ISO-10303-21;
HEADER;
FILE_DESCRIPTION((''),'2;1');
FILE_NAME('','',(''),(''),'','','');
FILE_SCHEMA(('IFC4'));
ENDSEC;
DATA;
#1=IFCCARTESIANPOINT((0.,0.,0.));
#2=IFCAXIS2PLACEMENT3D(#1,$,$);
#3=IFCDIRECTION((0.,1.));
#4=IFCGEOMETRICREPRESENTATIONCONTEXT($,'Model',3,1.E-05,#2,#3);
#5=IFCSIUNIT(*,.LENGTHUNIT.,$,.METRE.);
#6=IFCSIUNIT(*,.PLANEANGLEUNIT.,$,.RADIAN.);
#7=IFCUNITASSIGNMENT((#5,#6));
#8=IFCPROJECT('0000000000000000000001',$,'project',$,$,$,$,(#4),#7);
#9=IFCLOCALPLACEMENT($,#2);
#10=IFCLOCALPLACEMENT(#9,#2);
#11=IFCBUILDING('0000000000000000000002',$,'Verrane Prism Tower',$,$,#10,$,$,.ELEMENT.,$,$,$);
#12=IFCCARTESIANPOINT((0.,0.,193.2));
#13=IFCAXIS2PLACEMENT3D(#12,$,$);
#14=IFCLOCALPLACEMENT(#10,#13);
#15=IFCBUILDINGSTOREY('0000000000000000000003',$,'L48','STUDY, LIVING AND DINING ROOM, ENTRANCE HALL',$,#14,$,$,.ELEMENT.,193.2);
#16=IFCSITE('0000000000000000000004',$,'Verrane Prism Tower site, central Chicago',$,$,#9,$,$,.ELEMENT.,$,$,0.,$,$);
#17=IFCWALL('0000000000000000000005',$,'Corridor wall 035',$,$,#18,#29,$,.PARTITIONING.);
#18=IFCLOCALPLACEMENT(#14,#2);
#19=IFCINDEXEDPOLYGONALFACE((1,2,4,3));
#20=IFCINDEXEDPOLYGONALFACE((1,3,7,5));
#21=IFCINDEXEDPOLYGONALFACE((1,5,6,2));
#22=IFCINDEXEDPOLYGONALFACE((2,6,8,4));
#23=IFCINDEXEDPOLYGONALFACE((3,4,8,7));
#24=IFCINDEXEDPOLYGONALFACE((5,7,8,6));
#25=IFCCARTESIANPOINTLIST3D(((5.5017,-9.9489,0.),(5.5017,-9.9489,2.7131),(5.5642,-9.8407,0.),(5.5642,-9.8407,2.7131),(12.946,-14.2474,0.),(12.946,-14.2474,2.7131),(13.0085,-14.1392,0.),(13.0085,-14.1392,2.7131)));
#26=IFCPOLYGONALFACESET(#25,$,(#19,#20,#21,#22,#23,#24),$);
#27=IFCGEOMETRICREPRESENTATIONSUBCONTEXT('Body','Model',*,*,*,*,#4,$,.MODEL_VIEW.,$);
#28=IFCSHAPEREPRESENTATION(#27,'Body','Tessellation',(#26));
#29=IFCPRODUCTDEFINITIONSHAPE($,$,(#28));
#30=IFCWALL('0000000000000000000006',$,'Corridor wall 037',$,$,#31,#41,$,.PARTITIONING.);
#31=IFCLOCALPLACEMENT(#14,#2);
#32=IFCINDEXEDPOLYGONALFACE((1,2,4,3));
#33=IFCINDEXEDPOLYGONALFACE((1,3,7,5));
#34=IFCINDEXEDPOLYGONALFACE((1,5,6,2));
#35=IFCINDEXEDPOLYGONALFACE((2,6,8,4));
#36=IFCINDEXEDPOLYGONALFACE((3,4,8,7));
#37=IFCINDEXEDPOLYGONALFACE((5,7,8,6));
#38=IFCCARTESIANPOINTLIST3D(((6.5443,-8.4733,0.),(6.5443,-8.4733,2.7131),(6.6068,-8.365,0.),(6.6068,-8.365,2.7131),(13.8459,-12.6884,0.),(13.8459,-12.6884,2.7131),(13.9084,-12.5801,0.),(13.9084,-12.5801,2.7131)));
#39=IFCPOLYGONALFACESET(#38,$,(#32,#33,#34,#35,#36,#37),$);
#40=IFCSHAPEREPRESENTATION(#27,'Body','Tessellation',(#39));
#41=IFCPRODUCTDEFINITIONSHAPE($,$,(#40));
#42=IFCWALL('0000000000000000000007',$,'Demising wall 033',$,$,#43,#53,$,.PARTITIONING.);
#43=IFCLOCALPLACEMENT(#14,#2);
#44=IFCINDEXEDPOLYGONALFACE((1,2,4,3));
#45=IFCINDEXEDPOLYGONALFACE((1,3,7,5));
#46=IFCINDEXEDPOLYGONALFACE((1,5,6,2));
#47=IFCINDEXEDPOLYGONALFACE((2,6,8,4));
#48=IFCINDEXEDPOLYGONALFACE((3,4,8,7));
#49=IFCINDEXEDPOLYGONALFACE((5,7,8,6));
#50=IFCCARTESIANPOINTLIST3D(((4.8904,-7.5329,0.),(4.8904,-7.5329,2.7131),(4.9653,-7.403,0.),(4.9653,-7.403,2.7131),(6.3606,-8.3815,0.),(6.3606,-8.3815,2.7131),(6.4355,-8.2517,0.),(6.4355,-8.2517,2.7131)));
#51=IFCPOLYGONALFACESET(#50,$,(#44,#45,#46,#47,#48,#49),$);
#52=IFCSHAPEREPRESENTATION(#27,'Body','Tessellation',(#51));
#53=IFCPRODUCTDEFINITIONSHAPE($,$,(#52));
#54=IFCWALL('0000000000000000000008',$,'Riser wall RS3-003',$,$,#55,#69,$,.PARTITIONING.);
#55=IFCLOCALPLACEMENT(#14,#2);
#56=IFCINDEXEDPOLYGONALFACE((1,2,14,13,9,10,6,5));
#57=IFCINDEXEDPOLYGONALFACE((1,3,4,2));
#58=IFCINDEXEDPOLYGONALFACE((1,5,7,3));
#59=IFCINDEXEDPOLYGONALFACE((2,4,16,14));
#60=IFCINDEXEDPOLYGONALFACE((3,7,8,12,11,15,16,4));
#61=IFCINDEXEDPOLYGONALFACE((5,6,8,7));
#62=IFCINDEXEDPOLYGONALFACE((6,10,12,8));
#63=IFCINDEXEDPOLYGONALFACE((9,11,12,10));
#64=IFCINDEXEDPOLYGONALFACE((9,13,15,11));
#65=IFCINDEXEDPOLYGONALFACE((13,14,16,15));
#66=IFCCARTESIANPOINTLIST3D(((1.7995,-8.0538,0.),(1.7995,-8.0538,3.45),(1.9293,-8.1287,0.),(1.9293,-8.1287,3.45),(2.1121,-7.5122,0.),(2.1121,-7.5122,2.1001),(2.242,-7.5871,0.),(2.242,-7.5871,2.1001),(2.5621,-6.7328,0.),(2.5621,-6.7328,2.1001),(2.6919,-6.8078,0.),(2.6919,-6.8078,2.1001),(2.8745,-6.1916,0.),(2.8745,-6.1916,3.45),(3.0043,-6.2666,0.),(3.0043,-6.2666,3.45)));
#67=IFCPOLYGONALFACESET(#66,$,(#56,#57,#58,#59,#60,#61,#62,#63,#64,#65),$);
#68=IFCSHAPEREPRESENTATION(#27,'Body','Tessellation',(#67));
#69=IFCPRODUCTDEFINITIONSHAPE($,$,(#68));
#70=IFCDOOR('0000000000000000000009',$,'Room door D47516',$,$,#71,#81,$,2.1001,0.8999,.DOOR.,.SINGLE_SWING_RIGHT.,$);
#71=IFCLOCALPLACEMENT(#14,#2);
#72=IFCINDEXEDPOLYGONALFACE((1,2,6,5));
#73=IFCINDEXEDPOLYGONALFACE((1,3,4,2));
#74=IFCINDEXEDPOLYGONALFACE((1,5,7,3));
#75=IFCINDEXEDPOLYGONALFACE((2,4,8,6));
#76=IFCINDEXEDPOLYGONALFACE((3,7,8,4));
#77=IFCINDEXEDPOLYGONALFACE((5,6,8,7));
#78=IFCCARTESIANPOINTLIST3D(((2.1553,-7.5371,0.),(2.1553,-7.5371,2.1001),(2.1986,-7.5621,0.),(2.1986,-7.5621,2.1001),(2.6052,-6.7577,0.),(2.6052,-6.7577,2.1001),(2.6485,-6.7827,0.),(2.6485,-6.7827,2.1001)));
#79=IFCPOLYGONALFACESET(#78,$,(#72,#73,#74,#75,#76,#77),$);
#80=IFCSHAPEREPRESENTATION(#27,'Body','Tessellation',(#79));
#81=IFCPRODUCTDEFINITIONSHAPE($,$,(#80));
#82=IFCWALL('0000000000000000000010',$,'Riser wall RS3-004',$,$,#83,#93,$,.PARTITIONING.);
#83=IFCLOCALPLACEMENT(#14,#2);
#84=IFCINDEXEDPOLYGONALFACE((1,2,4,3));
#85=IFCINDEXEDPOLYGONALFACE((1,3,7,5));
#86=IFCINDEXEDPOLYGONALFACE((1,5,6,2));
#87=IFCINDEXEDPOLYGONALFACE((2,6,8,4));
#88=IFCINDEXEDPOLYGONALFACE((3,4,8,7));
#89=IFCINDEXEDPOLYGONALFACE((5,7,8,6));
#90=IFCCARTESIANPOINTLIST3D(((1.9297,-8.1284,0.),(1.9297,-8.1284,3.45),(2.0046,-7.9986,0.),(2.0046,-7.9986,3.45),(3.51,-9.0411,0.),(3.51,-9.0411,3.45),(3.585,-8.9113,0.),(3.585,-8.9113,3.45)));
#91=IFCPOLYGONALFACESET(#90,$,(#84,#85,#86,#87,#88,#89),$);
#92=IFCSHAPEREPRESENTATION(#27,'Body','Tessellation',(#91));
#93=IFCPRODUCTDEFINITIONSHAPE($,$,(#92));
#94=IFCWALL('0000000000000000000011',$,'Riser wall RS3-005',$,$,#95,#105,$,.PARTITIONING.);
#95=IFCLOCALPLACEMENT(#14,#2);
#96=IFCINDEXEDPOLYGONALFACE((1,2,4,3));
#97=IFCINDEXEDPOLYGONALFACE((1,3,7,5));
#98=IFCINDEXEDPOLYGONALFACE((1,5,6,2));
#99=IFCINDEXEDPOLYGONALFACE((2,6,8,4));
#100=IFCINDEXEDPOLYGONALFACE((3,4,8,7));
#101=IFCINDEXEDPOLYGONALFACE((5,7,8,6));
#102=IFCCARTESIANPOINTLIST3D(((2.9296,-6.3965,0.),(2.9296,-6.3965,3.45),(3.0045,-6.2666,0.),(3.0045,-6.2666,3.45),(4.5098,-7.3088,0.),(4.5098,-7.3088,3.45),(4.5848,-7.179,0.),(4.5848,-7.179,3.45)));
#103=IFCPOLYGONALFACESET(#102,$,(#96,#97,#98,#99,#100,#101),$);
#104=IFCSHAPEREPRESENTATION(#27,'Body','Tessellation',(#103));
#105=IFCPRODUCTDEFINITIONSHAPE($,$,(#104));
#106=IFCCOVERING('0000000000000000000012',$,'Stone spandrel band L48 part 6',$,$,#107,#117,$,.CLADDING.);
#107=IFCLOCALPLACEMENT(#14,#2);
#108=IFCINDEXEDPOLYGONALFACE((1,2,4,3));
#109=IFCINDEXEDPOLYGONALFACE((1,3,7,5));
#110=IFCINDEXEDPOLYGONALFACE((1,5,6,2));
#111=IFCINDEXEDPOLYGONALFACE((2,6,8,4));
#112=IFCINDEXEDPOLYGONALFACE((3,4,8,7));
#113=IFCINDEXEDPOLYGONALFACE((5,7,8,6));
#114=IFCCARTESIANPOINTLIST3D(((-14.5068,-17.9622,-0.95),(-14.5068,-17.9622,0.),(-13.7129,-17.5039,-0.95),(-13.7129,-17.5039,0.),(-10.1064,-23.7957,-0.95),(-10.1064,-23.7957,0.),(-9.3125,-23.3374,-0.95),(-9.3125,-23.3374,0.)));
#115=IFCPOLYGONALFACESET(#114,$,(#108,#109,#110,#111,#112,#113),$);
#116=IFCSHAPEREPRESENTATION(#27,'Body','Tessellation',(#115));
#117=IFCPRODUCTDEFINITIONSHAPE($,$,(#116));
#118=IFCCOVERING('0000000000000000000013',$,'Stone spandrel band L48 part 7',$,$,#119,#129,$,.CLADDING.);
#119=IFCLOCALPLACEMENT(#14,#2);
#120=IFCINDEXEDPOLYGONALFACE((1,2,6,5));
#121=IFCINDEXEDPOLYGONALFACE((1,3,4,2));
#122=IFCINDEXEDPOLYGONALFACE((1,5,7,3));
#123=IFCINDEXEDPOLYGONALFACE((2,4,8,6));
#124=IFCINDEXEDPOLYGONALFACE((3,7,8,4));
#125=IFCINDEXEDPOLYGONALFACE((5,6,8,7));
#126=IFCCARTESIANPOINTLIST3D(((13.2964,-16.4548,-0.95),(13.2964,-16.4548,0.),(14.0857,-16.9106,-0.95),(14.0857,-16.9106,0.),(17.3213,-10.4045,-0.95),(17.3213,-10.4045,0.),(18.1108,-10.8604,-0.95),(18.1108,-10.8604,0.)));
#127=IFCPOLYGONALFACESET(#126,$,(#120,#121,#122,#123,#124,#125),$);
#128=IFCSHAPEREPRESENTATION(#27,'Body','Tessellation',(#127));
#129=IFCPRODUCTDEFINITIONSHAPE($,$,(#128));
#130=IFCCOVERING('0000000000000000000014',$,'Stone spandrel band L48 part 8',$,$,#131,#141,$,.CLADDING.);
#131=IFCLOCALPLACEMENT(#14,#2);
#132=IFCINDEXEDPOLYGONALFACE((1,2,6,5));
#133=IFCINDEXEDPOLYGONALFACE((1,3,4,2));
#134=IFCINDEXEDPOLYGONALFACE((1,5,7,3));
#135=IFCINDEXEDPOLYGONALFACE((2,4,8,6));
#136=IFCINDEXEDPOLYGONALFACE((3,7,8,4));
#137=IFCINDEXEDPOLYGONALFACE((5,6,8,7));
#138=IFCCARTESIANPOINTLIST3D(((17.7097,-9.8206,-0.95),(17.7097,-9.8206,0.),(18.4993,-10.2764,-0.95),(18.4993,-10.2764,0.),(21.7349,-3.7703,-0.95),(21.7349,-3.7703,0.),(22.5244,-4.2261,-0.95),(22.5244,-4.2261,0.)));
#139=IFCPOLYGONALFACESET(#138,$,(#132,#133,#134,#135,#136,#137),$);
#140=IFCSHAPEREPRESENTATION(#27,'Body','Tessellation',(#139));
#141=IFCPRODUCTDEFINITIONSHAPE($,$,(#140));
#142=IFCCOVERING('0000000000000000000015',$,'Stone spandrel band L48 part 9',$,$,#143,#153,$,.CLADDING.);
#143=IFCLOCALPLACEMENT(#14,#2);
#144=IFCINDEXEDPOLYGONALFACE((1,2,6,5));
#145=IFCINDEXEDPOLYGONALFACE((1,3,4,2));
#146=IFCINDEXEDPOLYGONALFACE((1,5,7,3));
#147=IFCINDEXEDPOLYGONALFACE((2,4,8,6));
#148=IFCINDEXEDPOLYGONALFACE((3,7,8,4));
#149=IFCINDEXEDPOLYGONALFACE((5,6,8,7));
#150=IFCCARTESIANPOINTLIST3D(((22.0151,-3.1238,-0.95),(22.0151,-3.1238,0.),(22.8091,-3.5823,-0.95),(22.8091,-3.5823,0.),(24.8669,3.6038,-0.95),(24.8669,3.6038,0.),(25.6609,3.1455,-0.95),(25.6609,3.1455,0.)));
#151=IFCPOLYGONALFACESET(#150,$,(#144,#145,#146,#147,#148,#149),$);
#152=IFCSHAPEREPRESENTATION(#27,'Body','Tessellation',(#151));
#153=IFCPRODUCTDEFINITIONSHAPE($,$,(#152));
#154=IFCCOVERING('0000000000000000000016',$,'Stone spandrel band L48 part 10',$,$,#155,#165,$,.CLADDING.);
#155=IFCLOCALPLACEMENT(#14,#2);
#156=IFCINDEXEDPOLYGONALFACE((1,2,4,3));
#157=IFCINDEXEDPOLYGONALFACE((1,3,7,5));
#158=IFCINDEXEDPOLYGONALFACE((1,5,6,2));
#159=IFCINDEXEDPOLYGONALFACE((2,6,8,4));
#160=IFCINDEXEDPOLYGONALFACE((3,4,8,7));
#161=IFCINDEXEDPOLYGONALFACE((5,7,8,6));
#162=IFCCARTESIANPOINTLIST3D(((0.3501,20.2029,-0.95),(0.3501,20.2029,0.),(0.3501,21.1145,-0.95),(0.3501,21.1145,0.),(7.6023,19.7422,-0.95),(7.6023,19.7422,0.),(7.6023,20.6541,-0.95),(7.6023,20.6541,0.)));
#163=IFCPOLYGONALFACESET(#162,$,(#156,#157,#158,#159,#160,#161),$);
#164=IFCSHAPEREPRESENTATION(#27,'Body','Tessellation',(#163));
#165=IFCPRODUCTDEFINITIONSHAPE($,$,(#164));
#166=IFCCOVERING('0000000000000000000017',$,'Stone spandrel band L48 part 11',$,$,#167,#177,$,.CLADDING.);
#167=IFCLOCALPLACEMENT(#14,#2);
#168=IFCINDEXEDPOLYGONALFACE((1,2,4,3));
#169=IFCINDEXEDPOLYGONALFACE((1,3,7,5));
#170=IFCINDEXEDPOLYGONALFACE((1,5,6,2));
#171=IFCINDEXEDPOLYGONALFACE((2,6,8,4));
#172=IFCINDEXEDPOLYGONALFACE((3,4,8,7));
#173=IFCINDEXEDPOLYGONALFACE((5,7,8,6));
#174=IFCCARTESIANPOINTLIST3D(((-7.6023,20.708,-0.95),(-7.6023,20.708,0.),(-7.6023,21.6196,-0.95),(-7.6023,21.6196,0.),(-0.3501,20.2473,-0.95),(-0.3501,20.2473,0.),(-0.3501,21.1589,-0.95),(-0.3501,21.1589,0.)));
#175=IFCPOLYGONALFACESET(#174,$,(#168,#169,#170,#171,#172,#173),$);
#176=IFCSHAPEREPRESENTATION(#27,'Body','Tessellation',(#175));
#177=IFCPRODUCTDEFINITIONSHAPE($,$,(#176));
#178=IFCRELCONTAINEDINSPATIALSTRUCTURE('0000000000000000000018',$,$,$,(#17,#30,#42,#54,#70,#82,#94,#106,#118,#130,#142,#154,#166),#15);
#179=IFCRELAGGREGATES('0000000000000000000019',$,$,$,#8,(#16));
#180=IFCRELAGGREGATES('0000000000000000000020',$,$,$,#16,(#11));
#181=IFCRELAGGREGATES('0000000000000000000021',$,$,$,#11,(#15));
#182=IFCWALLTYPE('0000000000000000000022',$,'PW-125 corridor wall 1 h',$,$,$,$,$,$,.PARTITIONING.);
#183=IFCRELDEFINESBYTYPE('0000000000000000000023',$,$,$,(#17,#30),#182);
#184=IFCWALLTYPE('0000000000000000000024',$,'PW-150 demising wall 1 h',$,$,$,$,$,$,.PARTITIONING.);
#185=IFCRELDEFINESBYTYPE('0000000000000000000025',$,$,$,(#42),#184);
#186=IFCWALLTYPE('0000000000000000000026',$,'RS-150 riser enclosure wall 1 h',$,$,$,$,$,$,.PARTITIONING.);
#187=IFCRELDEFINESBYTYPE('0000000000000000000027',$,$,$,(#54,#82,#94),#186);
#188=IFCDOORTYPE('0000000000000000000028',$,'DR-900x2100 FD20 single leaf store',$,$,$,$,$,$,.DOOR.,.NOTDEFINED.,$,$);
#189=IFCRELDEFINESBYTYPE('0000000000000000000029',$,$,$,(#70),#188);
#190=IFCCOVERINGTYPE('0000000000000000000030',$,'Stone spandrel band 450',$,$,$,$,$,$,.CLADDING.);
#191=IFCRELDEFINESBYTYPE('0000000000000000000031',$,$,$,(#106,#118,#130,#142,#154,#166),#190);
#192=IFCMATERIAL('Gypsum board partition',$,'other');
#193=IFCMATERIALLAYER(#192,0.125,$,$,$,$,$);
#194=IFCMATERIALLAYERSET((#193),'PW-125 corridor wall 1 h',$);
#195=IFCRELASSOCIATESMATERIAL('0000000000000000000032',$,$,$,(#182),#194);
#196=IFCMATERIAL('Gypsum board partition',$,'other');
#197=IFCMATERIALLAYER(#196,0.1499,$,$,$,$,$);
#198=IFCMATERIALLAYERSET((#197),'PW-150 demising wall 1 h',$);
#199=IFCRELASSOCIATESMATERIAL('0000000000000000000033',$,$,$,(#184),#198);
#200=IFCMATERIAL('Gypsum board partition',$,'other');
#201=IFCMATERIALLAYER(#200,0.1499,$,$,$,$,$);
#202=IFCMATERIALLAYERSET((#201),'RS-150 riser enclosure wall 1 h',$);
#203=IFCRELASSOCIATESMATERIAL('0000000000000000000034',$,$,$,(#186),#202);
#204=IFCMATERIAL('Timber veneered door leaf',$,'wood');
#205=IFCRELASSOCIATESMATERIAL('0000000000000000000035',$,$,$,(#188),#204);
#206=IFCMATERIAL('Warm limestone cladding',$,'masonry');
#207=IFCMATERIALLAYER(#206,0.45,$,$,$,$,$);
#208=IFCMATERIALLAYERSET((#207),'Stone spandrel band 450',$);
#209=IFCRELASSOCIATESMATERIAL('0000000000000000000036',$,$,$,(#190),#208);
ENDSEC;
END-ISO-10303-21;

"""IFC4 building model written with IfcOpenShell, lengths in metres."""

from ifc_helpers import new_model, si_unit, direction, frame, frame_2d, origin, place, context, subcontext, project, spatial, polyline, rectangle, outline, extrude, material, layer, layer_set, type_object, element, fill, save


model = new_model("IFC4")

# Units and contexts
model_context = context("Model", 3, precision=1e-05, world=origin(), true_north=direction((0.0, 1.0)))
body_context = subcontext(model_context, "Body", "Model", "MODEL_VIEW")
ifc_project = project(units=[si_unit("LENGTHUNIT", "METRE"), si_unit("PLANEANGLEUNIT", "RADIAN")], contexts=[model_context])

# Site, building, storey
site_placement = place(None, origin())
site = spatial("IfcSite", under=ifc_project, at=site_placement, Name="Verrane Prism Tower site, central Chicago", CompositionType="ELEMENT", RefElevation=0.0)
building_placement = place(site_placement, origin())
building = spatial("IfcBuilding", under=site, at=building_placement, Name="Verrane Prism Tower", CompositionType="ELEMENT")
storey_placement = place(building_placement, frame((0.0, 0.0, 193.2)))
storey = spatial("IfcBuildingStorey", under=building, at=storey_placement, Name="L48", Description="STUDY, LIVING AND DINING ROOM, ENTRANCE HALL", CompositionType="ELEMENT", Elevation=193.2)

# Shared definitions
ifc_material_1 = material(Name="Gypsum board partition", Category="other")
ifc_layer_1 = layer(ifc_material_1, 0.125)
ifc_layer_set_1 = layer_set([ifc_layer_1], Name="PW-125 corridor wall 1 h")
wall_type_1 = type_object("IfcWallType", Name="PW-125 corridor wall 1 h", PredefinedType="PARTITIONING", material=ifc_layer_set_1)

# Walls
wall_1_placement = place(storey_placement, frame((5.533, -9.8948, 0.0), z_axis=(0.0, 0.0, 1.0), x_axis=(0.865995, -0.500052, 0.0)))
element("IfcWall", 1, at=wall_1_placement, inside=storey, type_object=wall_type_1, Name="Corridor wall 035", PredefinedType="PARTITIONING", context=body_context, shape_type="SweptSolid", body=[
    extrude(rectangle(XDim=8.5962, YDim=0.125, at=frame_2d((4.2981, 0.0))), origin(), (0.0, 0.0, 1.0), 2.7131),
])
wall_2_placement = place(storey_placement, frame((6.5757, -8.4192, 0.0), z_axis=(0.0, 0.0, 1.0), x_axis=(0.866048, -0.499961, 0.0)))
element("IfcWall", 2, at=wall_2_placement, inside=storey, type_object=wall_type_1, Name="Corridor wall 037", PredefinedType="PARTITIONING", context=body_context, shape_type="SweptSolid", body=[
    extrude(rectangle(XDim=8.4309, YDim=0.125, at=frame_2d((4.2153, 0.0))), origin(), (0.0, 0.0, 1.0), 2.7131),
])
ifc_material_2 = material(Name="Gypsum board partition", Category="other")
ifc_layer_2 = layer(ifc_material_2, 0.1499)
ifc_layer_set_2 = layer_set([ifc_layer_2], Name="PW-150 demising wall 1 h")
wall_type_2 = type_object("IfcWallType", Name="PW-150 demising wall 1 h", PredefinedType="PARTITIONING", material=ifc_layer_set_2)
wall_3_placement = place(storey_placement, frame((4.928, -7.468, 0.0), z_axis=(0.0, 0.0, 1.0), x_axis=(0.866075, -0.499913, 0.0)))
element("IfcWall", 3, at=wall_3_placement, inside=storey, type_object=wall_type_2, Name="Demising wall 033", PredefinedType="PARTITIONING", context=body_context, shape_type="SweptSolid", body=[
    extrude(rectangle(XDim=1.6975, YDim=0.1499, at=frame_2d((0.8486, 0.0))), origin(), (0.0, 0.0, 1.0), 2.7131),
])

# Wall, opening, door
ifc_material_3 = material(Name="Gypsum board partition", Category="other")
ifc_layer_3 = layer(ifc_material_3, 0.1499)
ifc_layer_set_3 = layer_set([ifc_layer_3], Name="RS-150 riser enclosure wall 1 h")
wall_type_3 = type_object("IfcWallType", Name="RS-150 riser enclosure wall 1 h", PredefinedType="PARTITIONING", material=ifc_layer_set_3)
wall_4_placement = place(storey_placement, frame((2.9395, -6.229, 0.0), z_axis=(0.0, 0.0, 1.0), x_axis=(-0.499962, -0.866048, 0.0)))
wall_4 = element("IfcWall", 4, at=wall_4_placement, inside=storey, type_object=wall_type_3, Name="Riser wall RS3-003", PredefinedType="PARTITIONING", context=body_context, shape_type="SweptSolid", body=[
    extrude(rectangle(XDim=2.1501, YDim=0.1499, at=frame_2d((1.0752, 0.0))), origin(), (0.0, 0.0, 1.0), 3.45),
])
opening_1_placement = place(wall_4_placement, frame((0.625, 0.0, 0.0)))
opening_1 = element("IfcOpeningElement", 5, at=opening_1_placement, cuts=wall_4, PredefinedType="OPENING", context=body_context, shape_type="SweptSolid", body=[
    extrude(rectangle(XDim=0.8999, YDim=2.1001, at=frame_2d((0.45, 1.05))), frame((0.0, 0.085, 0.0), z_axis=(0.0, -1.0, 0.0), x_axis=(1.0, 0.0, 0.0)), (0.0, 0.0, 1.0), 0.1699),
])
ifc_material_4 = material(Name="Timber veneered door leaf", Category="wood")
door_type_1 = type_object("IfcDoorType", Name="DR-900x2100 FD20 single leaf store", OperationType="NOTDEFINED", PredefinedType="DOOR", material=ifc_material_4)
door_1_placement = place(opening_1_placement, origin())
door_1 = element("IfcDoor", 6, at=door_1_placement, inside=storey, type_object=door_type_1, Name="Room door D47516", OperationType="SINGLE_SWING_RIGHT", OverallHeight=2.1001, OverallWidth=0.8999, PredefinedType="DOOR", context=body_context, shape_type="SweptSolid", body=[
    extrude(rectangle(XDim=0.8999, YDim=2.1001, at=frame_2d((0.45, 1.05))), frame((0.0, 0.0249, 0.0), z_axis=(0.0, -1.0, 0.0), x_axis=(1.0, 0.0, 0.0)), (0.0, 0.0, 1.0), 0.05),
])
fill(opening_1, door_1)

# Walls
wall_5_placement = place(storey_placement, frame((1.967, -8.0635, 0.0), z_axis=(0.0, 0.0, 1.0), x_axis=(0.865978, -0.500081, 0.0)))
element("IfcWall", 7, at=wall_5_placement, inside=storey, type_object=wall_type_3, Name="Riser wall RS3-004", PredefinedType="PARTITIONING", context=body_context, shape_type="SweptSolid", body=[
    extrude(rectangle(XDim=1.825, YDim=0.1499, at=frame_2d((0.9126, 0.0))), origin(), (0.0, 0.0, 1.0), 3.45),
])
wall_6_placement = place(storey_placement, frame((2.967, -6.3315, 0.0), z_axis=(0.0, 0.0, 1.0), x_axis=(0.866036, -0.499981, 0.0)))
element("IfcWall", 8, at=wall_6_placement, inside=storey, type_object=wall_type_3, Name="Riser wall RS3-005", PredefinedType="PARTITIONING", context=body_context, shape_type="SweptSolid", body=[
    extrude(rectangle(XDim=1.8247, YDim=0.1499, at=frame_2d((0.9124, 0.0))), origin(), (0.0, 0.0, 1.0), 3.45),
])

# Coverings
ifc_material_5 = material(Name="Warm limestone cladding", Category="masonry")
ifc_layer_4 = layer(ifc_material_5, 0.45)
ifc_layer_set_4 = layer_set([ifc_layer_4], Name="Stone spandrel band 450")
covering_type = type_object("IfcCoveringType", Name="Stone spandrel band 450", PredefinedType="CLADDING", material=ifc_layer_set_4)
covering_1_placement = place(storey_placement, frame((0.0, 0.0, -0.95)))
element("IfcCovering", 9, at=covering_1_placement, inside=storey, type_object=covering_type, Name="Stone spandrel band L48 part 6", PredefinedType="CLADDING", context=body_context, shape_type="SweptSolid", body=[
    extrude(outline(polyline([(-10.1064, -23.7957), (-9.3125, -23.3374), (-13.7129, -17.5039), (-14.5068, -17.9622), (-10.1064, -23.7957)])), origin(), (0.0, 0.0, 1.0), 0.95),
])
covering_2_placement = place(storey_placement, frame((0.0, 0.0, -0.95)))
element("IfcCovering", 10, at=covering_2_placement, inside=storey, type_object=covering_type, Name="Stone spandrel band L48 part 7", PredefinedType="CLADDING", context=body_context, shape_type="SweptSolid", body=[
    extrude(outline(polyline([(18.1108, -10.8604), (17.3213, -10.4045), (13.2964, -16.4548), (14.0857, -16.9106), (18.1108, -10.8604)])), origin(), (0.0, 0.0, 1.0), 0.95),
])
covering_3_placement = place(storey_placement, frame((0.0, 0.0, -0.95)))
element("IfcCovering", 11, at=covering_3_placement, inside=storey, type_object=covering_type, Name="Stone spandrel band L48 part 8", PredefinedType="CLADDING", context=body_context, shape_type="SweptSolid", body=[
    extrude(outline(polyline([(21.7349, -3.7703), (17.7097, -9.8206), (18.4993, -10.2764), (22.5244, -4.2261), (21.7349, -3.7703)])), origin(), (0.0, 0.0, 1.0), 0.95),
])
covering_4_placement = place(storey_placement, frame((0.0, 0.0, -0.95)))
element("IfcCovering", 12, at=covering_4_placement, inside=storey, type_object=covering_type, Name="Stone spandrel band L48 part 9", PredefinedType="CLADDING", context=body_context, shape_type="SweptSolid", body=[
    extrude(outline(polyline([(25.6609, 3.1455), (24.8669, 3.6038), (22.0151, -3.1238), (22.8091, -3.5823), (25.6609, 3.1455)])), origin(), (0.0, 0.0, 1.0), 0.95),
])
covering_5_placement = place(storey_placement, frame((0.0, 0.0, -0.95)))
element("IfcCovering", 13, at=covering_5_placement, inside=storey, type_object=covering_type, Name="Stone spandrel band L48 part 10", PredefinedType="CLADDING", context=body_context, shape_type="SweptSolid", body=[
    extrude(outline(polyline([(0.3501, 20.2029), (7.6023, 19.7422), (7.6023, 20.6541), (0.3501, 21.1145), (0.3501, 20.2029)])), origin(), (0.0, 0.0, 1.0), 0.95),
])
covering_6_placement = place(storey_placement, frame((0.0, 0.0, -0.95)))
element("IfcCovering", 14, at=covering_6_placement, inside=storey, type_object=covering_type, Name="Stone spandrel band L48 part 11", PredefinedType="CLADDING", context=body_context, shape_type="SweptSolid", body=[
    extrude(outline(polyline([(-7.6023, 21.6196), (-7.6023, 20.708), (-0.3501, 20.2473), (-0.3501, 21.1589), (-7.6023, 21.6196)])), origin(), (0.0, 0.0, 1.0), 0.95),
])

save(model, "model.ifc")
